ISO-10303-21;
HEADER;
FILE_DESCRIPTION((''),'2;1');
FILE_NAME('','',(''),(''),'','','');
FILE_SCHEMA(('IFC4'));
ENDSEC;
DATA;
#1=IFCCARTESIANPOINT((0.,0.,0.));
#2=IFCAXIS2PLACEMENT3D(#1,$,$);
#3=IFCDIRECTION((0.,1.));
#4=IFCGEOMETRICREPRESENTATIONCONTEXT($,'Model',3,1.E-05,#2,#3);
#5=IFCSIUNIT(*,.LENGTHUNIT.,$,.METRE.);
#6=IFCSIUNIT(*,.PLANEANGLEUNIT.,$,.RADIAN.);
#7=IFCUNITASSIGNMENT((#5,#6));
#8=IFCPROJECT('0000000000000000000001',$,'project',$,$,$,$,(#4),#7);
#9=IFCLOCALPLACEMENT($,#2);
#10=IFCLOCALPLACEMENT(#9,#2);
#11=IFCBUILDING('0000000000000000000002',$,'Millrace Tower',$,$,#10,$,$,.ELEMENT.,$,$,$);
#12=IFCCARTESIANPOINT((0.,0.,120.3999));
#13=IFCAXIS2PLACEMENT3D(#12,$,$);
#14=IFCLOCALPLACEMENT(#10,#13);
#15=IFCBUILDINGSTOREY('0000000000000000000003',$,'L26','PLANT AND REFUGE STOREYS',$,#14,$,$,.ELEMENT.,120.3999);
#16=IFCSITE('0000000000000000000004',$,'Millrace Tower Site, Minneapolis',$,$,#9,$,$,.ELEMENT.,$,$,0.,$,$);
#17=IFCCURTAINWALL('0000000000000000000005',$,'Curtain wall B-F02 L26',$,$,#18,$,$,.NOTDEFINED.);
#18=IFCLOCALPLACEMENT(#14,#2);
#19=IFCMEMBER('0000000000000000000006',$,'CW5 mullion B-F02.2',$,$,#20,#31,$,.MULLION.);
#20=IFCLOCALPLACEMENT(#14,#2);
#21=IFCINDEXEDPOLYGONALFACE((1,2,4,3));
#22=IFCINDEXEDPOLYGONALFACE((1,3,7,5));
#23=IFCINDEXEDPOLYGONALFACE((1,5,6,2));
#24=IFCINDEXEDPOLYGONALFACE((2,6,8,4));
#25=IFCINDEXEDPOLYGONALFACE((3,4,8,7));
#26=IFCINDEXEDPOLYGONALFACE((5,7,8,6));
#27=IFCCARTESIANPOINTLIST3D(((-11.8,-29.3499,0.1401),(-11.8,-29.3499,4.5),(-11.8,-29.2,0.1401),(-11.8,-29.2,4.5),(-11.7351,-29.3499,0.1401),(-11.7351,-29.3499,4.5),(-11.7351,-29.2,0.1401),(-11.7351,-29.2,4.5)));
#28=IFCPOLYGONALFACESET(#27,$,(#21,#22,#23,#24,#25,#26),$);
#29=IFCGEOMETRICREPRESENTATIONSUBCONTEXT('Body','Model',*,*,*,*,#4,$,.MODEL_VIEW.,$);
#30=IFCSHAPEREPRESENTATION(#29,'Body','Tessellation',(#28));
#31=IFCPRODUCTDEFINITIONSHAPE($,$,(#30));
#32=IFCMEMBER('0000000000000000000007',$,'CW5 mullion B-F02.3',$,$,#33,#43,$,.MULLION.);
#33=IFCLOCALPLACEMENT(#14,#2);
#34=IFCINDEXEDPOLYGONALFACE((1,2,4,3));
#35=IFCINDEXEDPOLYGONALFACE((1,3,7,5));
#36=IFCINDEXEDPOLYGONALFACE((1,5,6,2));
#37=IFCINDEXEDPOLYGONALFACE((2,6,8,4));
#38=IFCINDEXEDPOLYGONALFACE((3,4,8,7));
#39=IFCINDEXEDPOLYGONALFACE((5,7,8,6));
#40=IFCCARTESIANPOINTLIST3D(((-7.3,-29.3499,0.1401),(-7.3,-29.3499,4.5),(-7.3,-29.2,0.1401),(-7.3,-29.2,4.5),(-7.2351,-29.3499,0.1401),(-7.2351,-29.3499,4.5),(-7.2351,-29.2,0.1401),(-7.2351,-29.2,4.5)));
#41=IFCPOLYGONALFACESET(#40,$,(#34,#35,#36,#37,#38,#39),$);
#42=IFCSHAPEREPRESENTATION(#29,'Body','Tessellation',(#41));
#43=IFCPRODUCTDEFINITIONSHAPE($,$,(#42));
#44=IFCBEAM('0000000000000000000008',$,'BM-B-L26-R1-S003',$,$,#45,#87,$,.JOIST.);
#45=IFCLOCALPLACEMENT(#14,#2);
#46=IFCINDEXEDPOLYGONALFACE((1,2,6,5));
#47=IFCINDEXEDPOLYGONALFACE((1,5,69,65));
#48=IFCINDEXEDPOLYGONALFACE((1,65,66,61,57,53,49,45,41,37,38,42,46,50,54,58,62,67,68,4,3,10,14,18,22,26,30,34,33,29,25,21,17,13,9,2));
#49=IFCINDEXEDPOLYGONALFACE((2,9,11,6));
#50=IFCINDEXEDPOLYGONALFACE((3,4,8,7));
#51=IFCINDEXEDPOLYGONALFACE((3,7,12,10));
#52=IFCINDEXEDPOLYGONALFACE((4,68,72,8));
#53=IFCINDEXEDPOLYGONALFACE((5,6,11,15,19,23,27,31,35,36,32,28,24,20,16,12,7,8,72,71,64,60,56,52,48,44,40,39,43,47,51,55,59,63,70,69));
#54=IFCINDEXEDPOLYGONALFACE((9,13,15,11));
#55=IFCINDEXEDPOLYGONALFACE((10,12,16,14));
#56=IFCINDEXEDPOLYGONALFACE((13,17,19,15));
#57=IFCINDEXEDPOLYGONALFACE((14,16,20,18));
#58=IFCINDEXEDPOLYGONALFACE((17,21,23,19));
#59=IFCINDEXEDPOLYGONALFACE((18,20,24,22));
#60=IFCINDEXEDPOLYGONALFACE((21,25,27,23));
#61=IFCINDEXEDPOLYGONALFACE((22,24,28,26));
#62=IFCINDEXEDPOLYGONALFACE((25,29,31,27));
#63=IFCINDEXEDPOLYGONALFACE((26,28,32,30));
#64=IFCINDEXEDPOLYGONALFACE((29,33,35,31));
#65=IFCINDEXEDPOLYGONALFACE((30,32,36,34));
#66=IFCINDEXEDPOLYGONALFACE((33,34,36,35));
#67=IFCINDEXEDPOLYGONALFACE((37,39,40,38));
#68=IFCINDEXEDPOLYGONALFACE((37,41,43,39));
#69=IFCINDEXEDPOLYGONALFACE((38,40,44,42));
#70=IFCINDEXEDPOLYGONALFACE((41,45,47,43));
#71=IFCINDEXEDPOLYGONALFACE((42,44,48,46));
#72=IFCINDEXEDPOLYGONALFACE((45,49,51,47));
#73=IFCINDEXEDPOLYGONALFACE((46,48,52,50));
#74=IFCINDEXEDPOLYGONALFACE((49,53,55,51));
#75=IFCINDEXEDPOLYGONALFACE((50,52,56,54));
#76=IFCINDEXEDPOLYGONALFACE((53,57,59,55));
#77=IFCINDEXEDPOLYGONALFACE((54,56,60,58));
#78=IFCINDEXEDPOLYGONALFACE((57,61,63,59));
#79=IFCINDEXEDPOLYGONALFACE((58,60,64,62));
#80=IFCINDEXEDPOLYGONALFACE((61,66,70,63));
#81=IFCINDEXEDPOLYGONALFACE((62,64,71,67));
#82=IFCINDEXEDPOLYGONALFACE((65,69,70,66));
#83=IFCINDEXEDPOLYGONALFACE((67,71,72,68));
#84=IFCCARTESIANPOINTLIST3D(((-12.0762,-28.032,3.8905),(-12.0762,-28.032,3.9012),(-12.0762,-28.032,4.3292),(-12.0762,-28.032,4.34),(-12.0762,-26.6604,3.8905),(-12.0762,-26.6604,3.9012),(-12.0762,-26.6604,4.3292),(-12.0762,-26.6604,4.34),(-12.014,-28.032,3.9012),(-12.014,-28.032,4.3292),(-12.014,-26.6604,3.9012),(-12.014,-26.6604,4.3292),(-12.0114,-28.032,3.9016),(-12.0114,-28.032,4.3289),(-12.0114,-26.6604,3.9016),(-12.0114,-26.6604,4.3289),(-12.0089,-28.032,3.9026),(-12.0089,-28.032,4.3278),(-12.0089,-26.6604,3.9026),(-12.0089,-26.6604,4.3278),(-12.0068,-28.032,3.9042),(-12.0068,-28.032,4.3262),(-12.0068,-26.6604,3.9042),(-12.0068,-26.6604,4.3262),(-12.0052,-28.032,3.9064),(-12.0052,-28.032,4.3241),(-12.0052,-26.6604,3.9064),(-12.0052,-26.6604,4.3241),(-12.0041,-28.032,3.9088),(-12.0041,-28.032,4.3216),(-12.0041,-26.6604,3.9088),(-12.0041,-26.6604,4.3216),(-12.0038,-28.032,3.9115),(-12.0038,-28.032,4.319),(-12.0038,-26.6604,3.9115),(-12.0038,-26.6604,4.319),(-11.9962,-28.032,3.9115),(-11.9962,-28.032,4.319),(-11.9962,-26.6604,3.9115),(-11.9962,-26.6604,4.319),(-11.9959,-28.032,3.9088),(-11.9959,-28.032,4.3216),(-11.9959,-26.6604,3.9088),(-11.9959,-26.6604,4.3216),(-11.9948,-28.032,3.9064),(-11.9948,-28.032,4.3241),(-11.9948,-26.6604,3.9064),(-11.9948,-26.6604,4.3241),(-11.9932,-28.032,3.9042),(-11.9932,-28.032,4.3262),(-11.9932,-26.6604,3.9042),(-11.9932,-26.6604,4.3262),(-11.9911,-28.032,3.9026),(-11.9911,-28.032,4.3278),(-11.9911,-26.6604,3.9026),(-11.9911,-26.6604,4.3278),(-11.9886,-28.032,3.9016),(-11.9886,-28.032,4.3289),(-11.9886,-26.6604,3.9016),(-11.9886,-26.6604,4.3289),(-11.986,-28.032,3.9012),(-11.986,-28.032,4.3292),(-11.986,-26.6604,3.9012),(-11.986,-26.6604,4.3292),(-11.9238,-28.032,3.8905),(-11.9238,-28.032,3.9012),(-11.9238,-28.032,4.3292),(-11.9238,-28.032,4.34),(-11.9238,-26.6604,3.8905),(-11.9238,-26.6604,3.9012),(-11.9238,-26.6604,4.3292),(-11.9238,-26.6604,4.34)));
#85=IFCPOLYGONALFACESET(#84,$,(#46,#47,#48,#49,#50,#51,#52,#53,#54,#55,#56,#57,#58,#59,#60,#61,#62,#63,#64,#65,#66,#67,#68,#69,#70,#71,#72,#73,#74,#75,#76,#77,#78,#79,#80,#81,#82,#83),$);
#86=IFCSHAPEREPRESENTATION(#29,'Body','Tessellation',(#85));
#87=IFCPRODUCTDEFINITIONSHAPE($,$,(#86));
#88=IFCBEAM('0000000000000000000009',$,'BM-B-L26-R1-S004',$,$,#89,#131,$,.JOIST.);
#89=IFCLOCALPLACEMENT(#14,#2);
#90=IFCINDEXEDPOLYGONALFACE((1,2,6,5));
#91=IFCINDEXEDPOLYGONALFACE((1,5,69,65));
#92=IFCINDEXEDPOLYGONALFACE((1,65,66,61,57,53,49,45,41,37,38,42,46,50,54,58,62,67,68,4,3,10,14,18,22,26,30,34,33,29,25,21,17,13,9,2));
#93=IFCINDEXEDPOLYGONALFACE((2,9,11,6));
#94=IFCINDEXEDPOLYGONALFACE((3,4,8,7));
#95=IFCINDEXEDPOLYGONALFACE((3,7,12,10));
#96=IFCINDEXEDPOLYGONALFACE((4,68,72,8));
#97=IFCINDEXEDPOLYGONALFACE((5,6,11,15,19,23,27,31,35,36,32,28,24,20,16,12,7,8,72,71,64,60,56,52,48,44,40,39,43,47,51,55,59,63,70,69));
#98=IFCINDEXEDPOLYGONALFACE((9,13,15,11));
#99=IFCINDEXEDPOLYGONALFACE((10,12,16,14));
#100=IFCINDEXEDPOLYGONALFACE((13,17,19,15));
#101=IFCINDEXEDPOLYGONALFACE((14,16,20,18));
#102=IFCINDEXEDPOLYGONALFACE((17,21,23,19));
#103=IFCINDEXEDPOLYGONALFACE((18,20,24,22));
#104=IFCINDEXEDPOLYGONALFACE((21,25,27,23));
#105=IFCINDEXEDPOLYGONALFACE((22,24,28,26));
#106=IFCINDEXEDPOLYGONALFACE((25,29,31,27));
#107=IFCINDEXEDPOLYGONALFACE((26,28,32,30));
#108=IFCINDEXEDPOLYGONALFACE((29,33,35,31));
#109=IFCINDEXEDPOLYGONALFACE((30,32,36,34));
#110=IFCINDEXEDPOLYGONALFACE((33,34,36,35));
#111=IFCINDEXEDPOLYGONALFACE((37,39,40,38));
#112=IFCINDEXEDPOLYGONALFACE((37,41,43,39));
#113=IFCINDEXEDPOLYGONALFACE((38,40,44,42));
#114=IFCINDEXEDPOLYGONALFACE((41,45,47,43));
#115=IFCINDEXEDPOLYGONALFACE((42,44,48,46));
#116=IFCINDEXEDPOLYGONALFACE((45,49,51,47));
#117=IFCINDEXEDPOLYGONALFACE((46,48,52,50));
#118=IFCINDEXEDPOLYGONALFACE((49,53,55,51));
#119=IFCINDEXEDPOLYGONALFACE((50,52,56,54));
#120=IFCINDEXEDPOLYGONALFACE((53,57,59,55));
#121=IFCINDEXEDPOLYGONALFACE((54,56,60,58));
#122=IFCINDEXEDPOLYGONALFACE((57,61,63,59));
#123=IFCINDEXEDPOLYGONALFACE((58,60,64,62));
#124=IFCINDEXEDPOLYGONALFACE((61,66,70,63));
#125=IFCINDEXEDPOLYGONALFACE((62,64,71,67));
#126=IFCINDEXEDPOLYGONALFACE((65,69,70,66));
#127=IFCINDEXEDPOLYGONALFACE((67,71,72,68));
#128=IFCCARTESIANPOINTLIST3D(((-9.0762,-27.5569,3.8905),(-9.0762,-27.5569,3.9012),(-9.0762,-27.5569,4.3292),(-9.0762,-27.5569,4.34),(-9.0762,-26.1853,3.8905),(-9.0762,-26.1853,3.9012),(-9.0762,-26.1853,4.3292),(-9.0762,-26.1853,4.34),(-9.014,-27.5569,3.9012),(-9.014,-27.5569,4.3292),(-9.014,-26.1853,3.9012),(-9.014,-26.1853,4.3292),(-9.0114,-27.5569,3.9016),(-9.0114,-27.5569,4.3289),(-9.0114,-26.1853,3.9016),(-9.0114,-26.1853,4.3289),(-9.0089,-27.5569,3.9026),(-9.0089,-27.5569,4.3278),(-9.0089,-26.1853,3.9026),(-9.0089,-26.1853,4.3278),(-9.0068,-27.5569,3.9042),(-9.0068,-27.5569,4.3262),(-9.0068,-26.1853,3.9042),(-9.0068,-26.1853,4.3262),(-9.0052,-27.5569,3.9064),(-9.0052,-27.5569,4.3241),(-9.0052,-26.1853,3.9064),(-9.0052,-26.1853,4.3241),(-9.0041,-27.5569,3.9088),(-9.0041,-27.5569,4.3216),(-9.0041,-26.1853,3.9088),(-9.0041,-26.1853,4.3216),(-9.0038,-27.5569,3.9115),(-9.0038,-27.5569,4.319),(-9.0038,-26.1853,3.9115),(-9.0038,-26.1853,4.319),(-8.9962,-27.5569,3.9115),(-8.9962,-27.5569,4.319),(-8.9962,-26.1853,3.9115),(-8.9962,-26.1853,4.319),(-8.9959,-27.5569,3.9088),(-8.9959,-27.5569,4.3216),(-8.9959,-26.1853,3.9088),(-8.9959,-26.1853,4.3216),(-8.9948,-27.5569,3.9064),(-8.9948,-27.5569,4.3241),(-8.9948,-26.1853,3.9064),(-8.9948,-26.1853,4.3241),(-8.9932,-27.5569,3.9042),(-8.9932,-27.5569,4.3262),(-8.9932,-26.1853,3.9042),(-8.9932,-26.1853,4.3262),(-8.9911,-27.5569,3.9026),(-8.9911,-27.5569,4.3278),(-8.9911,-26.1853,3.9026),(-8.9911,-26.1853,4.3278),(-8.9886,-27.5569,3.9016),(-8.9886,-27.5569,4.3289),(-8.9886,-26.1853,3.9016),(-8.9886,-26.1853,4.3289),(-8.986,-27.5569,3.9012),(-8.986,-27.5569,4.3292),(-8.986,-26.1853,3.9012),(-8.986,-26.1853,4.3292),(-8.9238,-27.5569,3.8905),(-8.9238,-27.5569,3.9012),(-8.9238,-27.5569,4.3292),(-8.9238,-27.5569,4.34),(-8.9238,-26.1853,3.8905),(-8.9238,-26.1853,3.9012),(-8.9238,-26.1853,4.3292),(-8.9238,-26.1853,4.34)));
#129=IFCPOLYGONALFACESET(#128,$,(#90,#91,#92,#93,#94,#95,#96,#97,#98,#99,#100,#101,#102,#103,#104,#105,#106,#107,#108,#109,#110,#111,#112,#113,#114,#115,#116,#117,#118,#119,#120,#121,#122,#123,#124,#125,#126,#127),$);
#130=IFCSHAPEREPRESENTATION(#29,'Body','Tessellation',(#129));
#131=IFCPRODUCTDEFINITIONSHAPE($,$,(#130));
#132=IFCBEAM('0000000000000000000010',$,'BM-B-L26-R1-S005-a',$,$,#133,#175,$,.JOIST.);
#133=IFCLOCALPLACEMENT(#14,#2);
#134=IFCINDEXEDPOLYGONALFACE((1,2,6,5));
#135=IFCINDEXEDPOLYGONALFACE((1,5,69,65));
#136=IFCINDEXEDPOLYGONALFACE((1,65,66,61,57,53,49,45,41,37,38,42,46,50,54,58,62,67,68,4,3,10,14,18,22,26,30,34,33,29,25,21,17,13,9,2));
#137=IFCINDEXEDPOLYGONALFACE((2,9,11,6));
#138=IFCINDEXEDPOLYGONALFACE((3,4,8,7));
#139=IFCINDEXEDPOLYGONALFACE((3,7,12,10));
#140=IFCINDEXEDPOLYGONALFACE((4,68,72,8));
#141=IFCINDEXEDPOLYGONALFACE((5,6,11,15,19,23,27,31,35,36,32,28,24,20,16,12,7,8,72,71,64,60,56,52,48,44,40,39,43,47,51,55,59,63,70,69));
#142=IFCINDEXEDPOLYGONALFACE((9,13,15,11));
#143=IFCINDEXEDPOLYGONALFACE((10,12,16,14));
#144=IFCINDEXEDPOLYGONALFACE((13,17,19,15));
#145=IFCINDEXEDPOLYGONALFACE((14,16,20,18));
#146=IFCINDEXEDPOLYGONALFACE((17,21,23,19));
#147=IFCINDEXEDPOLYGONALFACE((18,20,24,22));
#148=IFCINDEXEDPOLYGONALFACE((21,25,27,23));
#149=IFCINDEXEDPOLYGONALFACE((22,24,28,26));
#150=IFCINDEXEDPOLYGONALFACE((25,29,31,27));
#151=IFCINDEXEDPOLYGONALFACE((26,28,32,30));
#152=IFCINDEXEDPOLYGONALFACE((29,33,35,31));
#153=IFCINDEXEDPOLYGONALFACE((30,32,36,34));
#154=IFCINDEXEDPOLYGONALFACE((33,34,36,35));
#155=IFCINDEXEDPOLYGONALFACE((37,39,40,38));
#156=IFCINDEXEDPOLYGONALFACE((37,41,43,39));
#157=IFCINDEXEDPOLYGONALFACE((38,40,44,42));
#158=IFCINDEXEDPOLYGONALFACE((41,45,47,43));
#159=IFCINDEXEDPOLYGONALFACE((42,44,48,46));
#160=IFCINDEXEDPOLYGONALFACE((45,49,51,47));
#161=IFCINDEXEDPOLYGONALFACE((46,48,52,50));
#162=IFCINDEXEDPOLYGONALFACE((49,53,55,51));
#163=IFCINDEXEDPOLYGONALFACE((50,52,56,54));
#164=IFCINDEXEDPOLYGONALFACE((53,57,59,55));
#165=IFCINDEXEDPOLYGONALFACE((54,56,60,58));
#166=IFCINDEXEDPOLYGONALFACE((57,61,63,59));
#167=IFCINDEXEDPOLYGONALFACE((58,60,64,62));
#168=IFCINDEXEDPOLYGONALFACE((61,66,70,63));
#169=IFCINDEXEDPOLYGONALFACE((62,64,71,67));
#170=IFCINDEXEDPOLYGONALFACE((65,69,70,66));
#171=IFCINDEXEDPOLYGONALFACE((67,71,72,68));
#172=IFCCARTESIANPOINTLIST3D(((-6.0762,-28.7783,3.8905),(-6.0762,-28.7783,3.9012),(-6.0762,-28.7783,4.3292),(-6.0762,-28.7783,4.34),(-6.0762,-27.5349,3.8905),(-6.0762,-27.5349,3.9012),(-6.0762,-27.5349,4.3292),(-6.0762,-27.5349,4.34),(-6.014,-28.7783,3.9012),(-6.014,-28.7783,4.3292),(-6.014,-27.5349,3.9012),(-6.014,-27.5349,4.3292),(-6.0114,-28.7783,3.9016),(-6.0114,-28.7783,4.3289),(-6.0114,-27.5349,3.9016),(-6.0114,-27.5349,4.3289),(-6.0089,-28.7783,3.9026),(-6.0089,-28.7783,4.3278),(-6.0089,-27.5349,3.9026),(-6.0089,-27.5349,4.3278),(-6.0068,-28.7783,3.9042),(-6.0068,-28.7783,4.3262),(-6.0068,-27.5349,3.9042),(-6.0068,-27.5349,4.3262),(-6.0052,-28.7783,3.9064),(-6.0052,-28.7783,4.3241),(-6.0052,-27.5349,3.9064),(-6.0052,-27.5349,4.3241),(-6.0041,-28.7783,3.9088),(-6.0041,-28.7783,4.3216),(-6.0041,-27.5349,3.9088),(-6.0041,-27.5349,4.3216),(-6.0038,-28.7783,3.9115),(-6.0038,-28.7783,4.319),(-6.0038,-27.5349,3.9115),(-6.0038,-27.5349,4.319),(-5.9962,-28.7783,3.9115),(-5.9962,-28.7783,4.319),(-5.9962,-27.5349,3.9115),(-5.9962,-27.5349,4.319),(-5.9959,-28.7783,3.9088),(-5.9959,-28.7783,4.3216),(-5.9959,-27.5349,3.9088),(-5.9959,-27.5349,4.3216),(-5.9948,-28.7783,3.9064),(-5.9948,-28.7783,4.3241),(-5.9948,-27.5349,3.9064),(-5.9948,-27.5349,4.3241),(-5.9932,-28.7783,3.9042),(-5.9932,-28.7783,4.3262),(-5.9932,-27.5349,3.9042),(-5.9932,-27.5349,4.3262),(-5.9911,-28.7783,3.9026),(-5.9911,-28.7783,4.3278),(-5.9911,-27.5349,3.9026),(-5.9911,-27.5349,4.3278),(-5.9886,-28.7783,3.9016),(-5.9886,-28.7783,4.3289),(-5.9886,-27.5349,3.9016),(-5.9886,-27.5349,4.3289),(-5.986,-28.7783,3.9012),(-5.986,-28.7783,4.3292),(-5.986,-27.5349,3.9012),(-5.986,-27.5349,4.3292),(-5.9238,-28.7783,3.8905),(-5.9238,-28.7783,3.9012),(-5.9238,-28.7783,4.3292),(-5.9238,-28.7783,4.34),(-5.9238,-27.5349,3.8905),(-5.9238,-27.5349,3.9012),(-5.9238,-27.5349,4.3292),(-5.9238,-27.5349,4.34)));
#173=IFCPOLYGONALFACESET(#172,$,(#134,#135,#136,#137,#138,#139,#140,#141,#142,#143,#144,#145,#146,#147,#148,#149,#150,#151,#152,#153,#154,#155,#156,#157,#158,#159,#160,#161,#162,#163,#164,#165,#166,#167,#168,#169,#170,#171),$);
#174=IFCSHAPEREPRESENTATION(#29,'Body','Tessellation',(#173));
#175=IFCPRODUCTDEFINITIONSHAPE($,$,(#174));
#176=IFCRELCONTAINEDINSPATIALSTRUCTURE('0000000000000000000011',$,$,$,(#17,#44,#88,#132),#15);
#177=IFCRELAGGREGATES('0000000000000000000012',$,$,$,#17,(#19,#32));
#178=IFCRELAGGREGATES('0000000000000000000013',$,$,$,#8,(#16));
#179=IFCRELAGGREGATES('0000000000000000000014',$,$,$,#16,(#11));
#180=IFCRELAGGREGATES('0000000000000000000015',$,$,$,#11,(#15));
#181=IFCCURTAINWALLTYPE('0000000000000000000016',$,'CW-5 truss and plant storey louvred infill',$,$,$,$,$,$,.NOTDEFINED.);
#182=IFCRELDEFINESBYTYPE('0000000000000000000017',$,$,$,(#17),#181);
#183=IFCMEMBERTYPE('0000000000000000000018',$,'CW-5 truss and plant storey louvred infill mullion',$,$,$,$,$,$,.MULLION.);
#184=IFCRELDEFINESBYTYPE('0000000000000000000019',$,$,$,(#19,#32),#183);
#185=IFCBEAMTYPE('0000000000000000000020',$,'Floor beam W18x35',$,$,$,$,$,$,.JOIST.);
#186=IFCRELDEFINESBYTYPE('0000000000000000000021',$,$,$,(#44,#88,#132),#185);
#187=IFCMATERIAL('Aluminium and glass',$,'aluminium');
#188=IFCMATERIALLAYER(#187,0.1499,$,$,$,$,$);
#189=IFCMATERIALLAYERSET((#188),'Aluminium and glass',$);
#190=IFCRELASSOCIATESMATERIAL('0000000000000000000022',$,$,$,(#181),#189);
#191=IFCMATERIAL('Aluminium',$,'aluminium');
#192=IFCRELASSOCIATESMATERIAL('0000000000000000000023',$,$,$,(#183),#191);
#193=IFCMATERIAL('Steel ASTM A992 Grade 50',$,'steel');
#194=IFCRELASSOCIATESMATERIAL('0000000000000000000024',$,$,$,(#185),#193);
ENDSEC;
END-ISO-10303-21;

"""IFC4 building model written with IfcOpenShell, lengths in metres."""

from ifc_helpers import new_model, si_unit, direction, frame, origin, origin_2d, place, context, subcontext, project, spatial, rectangle, i_section, extrude, material, layer, layer_set, material_profile, profile_set, type_object, element, aggregate, save


model = new_model("IFC4")

# Units and contexts
model_context = context("Model", 3, precision=1e-05, world=origin(), true_north=direction((0.0, 1.0)))
body_context = subcontext(model_context, "Body", "Model", "MODEL_VIEW")
ifc_project = project(units=[si_unit("LENGTHUNIT", "METRE"), si_unit("PLANEANGLEUNIT", "RADIAN")], contexts=[model_context])

# Site, building, storey
site_placement = place(None, origin())
site = spatial("IfcSite", under=ifc_project, at=site_placement, Name="Millrace Tower Site, Minneapolis", CompositionType="ELEMENT", RefElevation=0.0)
building_placement = place(site_placement, origin())
building = spatial("IfcBuilding", under=site, at=building_placement, Name="Millrace Tower", CompositionType="ELEMENT")
storey_placement = place(building_placement, frame((0.0, 0.0, 120.3999)))
storey = spatial("IfcBuildingStorey", under=building, at=storey_placement, Name="L26", Description="PLANT AND REFUGE STOREYS", CompositionType="ELEMENT", Elevation=120.3999)

# Curtain wall, members
ifc_material_1 = material(Name="Aluminium and glass", Category="aluminium")
ifc_layer_1 = layer(ifc_material_1, 0.1499)
ifc_layer_set_1 = layer_set([ifc_layer_1], Name="Aluminium and glass")
curtain_wall_type = type_object("IfcCurtainWallType", Name="CW-5 truss and plant storey louvred infill", PredefinedType="NOTDEFINED", material=ifc_layer_set_1)
curtain_wall_placement = place(storey_placement, origin())
curtain_wall = element("IfcCurtainWall", 1, at=curtain_wall_placement, inside=storey, type_object=curtain_wall_type, Name="Curtain wall B-F02 L26", PredefinedType="NOTDEFINED")
ifc_material_2 = material(Name="Aluminium", Category="aluminium")
ifc_material_profile_1 = material_profile(ifc_material_2, rectangle(XDim=0.0649, YDim=0.1499, at=origin_2d()))
ifc_profile_set_1 = profile_set([ifc_material_profile_1], Name="Aluminium")
member_type_1 = type_object("IfcMemberType", Name="CW-5 truss and plant storey louvred infill mullion", PredefinedType="MULLION", material=ifc_profile_set_1)
member_1_placement = place(storey_placement, frame((-11.7676, -29.2749, 0.1401), z_axis=(0.0, 0.0, 1.0), x_axis=(1.0, 0.0, 0.0)))
member_1 = element("IfcMember", 2, at=member_1_placement, type_object=member_type_1, Name="CW5 mullion B-F02.2", PredefinedType="MULLION", context=body_context, shape_type="SweptSolid", body=[
    extrude(rectangle(XDim=0.0649, YDim=0.1499, at=origin_2d()), origin(), (0.0, 0.0, 1.0), 4.3599),
])
member_2_placement = place(storey_placement, frame((-7.2676, -29.2749, 0.1401), z_axis=(0.0, 0.0, 1.0), x_axis=(1.0, 0.0, 0.0)))
member_2 = element("IfcMember", 3, at=member_2_placement, type_object=member_type_1, Name="CW5 mullion B-F02.3", PredefinedType="MULLION", context=body_context, shape_type="SweptSolid", body=[
    extrude(rectangle(XDim=0.0649, YDim=0.1499, at=origin_2d()), origin(), (0.0, 0.0, 1.0), 4.3599),
])
aggregate(curtain_wall, [member_1, member_2])

# Beams
ifc_material_3 = material(Name="Steel ASTM A992 Grade 50", Category="steel")
ifc_material_profile_2 = material_profile(ifc_material_3, i_section(OverallWidth=0.1523, OverallDepth=0.4495, WebThickness=0.0076, FlangeThickness=0.0107, FilletRadius=0.0103, at=origin_2d()))
ifc_profile_set_2 = profile_set([ifc_material_profile_2], Name="Steel ASTM A992 Grade 50")
beam_type_1 = type_object("IfcBeamType", Name="Floor beam W18x35", PredefinedType="JOIST", material=ifc_profile_set_2)
for number, where, z_axis, x_axis, name in (
    (4, (-12.0, -28.032, 4.1152), (0.0, 1.0, 0.0), (-1.0, 0.0, 0.0), "BM-B-L26-R1-S003"),
    (5, (-9.0, -27.5569, 4.1152), (0.0, 1.0, 0.0), (-1.0, 0.0, 0.0), "BM-B-L26-R1-S004"),
):
    element("IfcBeam", number, at=place(storey_placement, frame(where, z_axis=z_axis, x_axis=x_axis)), inside=storey, type_object=beam_type_1, Name=name, PredefinedType="JOIST", context=body_context, shape_type="SweptSolid", body=[
        extrude(i_section(OverallWidth=0.1523, OverallDepth=0.4495, WebThickness=0.0076, FlangeThickness=0.0107, FilletRadius=0.0103, at=origin_2d()), origin(), (0.0, 0.0, 1.0), 1.3716),
    ])
beam_1_placement = place(storey_placement, frame((-6.0, -28.7783, 4.1152), z_axis=(0.0, 1.0, 0.0), x_axis=(-1.0, 0.0, 0.0)))
element("IfcBeam", 6, at=beam_1_placement, inside=storey, type_object=beam_type_1, Name="BM-B-L26-R1-S005-a", PredefinedType="JOIST", context=body_context, shape_type="SweptSolid", body=[
    extrude(i_section(OverallWidth=0.1523, OverallDepth=0.4495, WebThickness=0.0076, FlangeThickness=0.0107, FilletRadius=0.0103, at=origin_2d()), origin(), (0.0, 0.0, 1.0), 1.2434),
])

save(model, "model.ifc")
